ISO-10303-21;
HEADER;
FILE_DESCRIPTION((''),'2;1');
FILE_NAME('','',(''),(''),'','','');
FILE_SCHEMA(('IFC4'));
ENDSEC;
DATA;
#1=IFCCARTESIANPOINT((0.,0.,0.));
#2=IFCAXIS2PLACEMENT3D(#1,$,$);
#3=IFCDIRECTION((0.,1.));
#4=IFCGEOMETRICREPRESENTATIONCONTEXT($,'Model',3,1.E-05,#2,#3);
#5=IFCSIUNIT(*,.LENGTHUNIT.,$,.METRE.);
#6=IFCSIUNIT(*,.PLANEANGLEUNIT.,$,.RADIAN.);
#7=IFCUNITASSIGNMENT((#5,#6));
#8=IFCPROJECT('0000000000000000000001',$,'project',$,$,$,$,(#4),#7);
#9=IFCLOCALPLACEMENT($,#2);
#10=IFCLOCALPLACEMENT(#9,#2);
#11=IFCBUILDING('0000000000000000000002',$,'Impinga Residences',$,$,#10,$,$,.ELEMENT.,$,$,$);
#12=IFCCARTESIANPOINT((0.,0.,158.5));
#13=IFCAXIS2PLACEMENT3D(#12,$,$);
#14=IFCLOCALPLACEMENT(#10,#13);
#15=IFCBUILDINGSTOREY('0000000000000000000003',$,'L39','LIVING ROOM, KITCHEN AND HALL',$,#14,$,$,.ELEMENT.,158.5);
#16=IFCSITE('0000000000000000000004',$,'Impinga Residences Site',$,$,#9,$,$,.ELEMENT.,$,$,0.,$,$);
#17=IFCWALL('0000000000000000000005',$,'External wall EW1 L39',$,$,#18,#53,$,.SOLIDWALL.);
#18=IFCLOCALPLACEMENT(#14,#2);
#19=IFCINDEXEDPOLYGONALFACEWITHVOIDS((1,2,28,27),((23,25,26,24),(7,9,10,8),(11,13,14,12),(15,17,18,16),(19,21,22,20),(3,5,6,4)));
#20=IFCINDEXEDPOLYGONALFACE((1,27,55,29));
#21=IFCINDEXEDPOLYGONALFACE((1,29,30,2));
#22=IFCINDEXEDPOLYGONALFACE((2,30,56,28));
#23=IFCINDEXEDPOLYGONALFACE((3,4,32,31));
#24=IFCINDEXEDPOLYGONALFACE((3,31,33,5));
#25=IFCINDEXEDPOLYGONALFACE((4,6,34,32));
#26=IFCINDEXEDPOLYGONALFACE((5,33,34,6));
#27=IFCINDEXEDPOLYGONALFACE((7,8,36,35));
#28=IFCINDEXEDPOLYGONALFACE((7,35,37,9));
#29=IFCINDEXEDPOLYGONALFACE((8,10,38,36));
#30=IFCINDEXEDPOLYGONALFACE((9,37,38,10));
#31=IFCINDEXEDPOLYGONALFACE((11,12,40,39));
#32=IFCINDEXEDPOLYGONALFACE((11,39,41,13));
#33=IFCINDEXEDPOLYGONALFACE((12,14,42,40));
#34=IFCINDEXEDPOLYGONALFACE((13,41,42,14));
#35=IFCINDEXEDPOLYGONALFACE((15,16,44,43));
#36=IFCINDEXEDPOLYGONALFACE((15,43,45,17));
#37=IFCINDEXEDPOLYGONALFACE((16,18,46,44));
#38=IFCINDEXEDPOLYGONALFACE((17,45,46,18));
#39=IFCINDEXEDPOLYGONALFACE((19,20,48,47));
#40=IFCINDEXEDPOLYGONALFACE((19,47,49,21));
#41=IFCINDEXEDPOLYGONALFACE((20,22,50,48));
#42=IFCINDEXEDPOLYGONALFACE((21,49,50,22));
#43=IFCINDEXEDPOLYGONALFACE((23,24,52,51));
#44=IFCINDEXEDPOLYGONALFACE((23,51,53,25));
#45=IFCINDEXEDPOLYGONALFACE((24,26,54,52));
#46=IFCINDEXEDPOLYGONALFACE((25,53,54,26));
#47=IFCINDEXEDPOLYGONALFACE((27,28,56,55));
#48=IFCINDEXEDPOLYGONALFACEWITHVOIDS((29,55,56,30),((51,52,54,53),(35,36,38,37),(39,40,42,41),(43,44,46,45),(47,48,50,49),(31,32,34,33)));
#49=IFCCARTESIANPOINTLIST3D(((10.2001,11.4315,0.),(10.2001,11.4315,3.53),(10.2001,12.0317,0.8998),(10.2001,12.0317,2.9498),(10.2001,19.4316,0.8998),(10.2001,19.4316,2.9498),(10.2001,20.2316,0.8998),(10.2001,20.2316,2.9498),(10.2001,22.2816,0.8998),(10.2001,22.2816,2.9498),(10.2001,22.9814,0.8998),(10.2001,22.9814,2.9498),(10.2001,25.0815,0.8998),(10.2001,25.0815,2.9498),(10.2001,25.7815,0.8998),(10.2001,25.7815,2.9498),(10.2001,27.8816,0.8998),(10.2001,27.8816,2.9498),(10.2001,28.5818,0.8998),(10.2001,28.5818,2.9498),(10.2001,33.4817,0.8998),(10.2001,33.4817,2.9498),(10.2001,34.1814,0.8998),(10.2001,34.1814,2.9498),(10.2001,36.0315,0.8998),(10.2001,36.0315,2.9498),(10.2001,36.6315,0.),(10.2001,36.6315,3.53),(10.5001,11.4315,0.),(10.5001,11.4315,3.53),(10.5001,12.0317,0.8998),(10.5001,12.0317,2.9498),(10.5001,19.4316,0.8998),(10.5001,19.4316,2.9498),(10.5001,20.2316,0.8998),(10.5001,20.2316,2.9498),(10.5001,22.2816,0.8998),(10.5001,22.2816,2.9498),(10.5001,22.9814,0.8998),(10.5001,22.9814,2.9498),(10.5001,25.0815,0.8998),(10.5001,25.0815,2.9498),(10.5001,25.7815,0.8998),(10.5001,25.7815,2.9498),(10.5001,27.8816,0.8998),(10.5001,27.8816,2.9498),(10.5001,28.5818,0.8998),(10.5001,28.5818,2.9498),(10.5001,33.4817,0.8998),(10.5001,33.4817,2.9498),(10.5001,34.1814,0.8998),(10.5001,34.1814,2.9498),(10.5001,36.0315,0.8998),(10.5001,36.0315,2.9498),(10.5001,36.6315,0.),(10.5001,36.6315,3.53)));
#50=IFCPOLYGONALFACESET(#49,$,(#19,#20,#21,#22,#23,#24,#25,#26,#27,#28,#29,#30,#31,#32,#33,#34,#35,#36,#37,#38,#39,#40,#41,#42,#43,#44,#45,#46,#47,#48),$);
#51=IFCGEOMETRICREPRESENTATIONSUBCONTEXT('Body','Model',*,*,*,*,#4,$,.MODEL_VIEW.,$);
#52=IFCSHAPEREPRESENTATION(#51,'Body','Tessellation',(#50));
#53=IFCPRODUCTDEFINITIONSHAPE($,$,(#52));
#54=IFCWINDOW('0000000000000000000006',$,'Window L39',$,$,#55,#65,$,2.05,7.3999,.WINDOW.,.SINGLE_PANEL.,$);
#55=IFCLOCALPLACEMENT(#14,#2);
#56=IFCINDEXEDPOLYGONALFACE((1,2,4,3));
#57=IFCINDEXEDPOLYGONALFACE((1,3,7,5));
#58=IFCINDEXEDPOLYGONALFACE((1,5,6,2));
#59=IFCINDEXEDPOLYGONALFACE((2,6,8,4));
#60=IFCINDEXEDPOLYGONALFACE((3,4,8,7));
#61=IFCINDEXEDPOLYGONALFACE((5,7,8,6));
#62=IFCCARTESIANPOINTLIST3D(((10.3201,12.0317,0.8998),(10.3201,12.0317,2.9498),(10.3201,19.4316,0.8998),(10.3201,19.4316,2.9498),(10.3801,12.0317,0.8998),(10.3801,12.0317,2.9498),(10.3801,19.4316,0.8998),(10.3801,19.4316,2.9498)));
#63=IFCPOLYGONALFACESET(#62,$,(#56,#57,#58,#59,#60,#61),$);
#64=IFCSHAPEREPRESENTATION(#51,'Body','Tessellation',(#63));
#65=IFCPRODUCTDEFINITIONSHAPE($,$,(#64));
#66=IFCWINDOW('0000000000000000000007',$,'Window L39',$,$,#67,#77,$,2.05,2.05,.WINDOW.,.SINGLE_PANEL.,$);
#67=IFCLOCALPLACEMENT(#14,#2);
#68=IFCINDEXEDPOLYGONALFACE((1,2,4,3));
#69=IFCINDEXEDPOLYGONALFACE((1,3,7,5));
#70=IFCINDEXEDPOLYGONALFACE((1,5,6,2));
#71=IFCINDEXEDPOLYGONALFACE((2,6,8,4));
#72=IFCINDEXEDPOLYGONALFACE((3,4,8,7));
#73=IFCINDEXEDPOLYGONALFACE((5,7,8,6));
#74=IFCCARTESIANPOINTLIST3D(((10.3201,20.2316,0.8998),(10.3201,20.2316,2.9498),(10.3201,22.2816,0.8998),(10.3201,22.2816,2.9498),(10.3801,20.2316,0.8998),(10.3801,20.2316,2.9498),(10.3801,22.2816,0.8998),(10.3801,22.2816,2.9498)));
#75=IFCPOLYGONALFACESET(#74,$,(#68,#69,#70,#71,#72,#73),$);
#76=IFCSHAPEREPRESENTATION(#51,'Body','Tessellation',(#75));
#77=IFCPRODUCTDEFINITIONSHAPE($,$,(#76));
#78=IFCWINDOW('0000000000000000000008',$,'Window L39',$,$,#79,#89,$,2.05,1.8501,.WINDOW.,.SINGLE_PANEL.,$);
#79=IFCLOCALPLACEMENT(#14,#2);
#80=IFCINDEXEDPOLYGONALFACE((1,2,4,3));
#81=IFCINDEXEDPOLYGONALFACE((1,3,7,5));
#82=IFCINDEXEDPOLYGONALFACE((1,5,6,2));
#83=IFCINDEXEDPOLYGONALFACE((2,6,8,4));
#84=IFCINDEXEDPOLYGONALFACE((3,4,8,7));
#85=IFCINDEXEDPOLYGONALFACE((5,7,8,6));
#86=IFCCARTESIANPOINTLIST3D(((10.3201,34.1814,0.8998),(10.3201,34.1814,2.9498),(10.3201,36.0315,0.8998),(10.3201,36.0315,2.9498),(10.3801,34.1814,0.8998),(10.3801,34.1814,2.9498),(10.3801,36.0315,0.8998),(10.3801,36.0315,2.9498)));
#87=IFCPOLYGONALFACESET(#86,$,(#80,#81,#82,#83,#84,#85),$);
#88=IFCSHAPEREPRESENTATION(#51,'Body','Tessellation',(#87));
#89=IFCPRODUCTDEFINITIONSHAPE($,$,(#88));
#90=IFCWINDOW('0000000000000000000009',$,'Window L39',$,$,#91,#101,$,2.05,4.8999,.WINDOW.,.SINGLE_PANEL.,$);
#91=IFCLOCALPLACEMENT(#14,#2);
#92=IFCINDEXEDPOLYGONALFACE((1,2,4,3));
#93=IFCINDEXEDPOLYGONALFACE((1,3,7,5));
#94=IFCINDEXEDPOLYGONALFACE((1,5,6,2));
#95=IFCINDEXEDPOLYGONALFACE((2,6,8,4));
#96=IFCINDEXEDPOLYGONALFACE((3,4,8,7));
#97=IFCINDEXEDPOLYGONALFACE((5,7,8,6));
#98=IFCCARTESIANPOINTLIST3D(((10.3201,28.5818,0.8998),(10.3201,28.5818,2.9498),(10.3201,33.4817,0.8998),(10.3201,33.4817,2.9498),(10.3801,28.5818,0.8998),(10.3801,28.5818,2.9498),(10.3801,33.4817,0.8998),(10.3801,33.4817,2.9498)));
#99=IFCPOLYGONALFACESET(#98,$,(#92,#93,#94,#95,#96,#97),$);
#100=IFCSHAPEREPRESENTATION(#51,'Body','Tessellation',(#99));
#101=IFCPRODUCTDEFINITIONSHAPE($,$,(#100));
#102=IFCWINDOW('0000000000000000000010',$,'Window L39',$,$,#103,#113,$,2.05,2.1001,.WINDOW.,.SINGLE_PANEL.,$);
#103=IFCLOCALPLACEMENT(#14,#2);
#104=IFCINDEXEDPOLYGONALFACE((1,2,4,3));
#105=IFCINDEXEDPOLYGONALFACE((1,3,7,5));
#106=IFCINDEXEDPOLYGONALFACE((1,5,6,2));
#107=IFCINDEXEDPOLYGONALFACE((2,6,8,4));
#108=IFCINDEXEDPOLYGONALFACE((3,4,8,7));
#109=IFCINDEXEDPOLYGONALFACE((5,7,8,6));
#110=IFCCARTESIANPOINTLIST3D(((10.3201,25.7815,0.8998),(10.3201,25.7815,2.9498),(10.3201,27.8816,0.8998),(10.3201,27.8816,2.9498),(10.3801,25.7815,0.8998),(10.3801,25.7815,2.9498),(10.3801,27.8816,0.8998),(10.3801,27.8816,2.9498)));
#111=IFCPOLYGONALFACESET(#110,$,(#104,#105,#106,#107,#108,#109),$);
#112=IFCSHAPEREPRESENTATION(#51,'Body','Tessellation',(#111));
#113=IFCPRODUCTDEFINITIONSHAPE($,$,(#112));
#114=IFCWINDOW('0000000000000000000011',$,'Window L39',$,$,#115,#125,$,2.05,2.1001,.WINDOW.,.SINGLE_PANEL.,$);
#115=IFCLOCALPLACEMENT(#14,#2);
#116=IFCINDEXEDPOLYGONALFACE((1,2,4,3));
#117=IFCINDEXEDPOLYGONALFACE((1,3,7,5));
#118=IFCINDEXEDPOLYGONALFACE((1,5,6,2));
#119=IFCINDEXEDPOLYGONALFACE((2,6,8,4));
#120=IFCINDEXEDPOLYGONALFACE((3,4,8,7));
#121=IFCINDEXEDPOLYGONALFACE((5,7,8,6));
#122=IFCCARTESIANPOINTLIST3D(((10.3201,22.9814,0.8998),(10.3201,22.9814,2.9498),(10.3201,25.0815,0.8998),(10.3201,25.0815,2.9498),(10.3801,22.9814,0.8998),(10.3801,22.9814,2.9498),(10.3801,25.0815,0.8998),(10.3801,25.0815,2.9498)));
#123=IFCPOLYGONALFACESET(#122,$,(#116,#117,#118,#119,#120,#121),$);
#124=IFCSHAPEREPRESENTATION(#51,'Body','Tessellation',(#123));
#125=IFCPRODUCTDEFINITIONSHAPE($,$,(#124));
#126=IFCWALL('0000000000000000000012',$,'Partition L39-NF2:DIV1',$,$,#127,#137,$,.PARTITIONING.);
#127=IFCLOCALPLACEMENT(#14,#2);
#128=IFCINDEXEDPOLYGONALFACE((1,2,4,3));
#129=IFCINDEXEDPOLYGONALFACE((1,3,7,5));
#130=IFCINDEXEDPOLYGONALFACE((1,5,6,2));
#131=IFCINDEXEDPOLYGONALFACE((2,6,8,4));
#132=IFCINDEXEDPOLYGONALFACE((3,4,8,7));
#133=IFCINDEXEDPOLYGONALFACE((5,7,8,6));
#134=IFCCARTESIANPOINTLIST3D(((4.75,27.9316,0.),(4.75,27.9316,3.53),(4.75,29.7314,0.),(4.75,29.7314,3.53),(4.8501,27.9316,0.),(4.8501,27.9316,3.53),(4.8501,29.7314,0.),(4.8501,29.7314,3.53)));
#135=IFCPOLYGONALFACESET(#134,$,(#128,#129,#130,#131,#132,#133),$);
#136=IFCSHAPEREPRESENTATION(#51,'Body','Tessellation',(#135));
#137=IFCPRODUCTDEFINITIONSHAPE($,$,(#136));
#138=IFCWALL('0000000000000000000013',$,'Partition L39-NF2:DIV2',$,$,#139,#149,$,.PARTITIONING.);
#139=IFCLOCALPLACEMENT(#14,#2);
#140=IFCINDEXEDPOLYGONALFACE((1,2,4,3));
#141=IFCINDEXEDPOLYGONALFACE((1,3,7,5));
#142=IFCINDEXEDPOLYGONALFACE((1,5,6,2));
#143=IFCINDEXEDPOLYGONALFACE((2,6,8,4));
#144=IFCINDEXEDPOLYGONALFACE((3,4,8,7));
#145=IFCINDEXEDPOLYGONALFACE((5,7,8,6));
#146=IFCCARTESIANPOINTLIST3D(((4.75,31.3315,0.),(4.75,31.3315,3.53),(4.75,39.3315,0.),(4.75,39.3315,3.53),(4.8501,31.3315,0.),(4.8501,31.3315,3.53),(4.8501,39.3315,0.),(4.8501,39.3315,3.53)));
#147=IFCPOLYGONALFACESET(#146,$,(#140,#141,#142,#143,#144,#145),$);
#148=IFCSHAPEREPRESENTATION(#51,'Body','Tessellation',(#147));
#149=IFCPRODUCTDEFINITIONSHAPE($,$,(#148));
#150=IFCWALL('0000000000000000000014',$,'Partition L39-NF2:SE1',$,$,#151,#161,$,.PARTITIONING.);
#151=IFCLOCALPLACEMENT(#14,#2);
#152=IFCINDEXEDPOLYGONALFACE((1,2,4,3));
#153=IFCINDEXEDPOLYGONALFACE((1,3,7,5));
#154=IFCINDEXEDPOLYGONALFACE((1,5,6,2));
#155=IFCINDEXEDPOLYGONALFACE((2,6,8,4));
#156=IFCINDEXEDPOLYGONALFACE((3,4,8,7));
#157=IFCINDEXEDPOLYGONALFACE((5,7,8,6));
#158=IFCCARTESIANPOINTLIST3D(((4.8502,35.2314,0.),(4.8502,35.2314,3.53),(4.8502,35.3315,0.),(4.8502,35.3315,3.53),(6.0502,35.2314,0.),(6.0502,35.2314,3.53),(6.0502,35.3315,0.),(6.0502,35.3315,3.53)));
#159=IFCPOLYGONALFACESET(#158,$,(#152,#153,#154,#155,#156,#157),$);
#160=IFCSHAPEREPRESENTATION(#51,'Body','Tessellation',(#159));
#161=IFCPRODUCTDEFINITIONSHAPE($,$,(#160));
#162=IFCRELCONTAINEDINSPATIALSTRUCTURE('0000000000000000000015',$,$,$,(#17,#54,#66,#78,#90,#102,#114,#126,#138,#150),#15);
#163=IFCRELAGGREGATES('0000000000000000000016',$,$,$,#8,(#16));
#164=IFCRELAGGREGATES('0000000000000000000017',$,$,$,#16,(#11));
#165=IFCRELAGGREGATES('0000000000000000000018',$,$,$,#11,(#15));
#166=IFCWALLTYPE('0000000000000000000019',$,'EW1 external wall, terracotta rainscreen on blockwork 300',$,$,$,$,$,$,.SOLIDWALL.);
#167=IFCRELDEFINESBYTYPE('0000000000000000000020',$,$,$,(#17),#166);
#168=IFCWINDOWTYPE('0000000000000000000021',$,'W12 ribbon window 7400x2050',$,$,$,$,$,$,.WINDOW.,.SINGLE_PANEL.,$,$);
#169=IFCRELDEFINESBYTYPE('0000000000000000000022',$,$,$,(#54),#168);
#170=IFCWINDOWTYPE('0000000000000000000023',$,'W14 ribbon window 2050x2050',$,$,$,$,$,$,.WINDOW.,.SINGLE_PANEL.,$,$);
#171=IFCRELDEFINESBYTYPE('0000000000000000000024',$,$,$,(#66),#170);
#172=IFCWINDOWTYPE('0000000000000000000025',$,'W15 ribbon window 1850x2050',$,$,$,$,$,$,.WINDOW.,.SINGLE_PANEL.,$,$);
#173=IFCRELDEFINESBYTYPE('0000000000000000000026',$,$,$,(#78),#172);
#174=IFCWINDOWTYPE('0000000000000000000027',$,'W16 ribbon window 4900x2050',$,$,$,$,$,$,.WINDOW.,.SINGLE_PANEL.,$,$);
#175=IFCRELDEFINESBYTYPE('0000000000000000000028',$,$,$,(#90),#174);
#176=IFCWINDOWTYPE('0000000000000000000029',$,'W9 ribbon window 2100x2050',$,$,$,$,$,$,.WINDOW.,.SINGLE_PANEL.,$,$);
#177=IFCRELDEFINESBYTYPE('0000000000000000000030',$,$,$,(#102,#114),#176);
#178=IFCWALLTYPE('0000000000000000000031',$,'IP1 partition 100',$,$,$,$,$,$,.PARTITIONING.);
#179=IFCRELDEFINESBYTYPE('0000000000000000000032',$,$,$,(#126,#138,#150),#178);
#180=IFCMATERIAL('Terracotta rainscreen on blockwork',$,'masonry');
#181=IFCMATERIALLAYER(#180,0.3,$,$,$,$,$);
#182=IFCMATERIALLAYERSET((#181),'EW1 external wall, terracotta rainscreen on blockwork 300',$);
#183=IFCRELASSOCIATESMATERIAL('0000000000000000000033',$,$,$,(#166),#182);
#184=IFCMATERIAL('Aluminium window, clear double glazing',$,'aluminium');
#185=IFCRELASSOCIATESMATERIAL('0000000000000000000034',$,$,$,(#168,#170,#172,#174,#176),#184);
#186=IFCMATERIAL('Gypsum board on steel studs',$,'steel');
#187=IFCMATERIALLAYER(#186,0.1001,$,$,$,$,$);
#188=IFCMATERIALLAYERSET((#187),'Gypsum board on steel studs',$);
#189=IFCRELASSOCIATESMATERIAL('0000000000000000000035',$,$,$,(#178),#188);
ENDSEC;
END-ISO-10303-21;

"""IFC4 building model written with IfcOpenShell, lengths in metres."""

from ifc_helpers import new_model, si_unit, direction, frame, frame_2d, origin, place, context, subcontext, project, spatial, rectangle, extrude, material, layer, layer_set, type_object, element, fill, save


model = new_model("IFC4")

# Units and contexts
model_context = context("Model", 3, precision=1e-05, world=origin(), true_north=direction((0.0, 1.0)))
body_context = subcontext(model_context, "Body", "Model", "MODEL_VIEW")
ifc_project = project(units=[si_unit("LENGTHUNIT", "METRE"), si_unit("PLANEANGLEUNIT", "RADIAN")], contexts=[model_context])

# Site, building, storey
site_placement = place(None, origin())
site = spatial("IfcSite", under=ifc_project, at=site_placement, Name="Impinga Residences Site", CompositionType="ELEMENT", RefElevation=0.0)
building_placement = place(site_placement, origin())
building = spatial("IfcBuilding", under=site, at=building_placement, Name="Impinga Residences", CompositionType="ELEMENT")
storey_placement = place(building_placement, frame((0.0, 0.0, 158.5)))
storey = spatial("IfcBuildingStorey", under=building, at=storey_placement, Name="L39", Description="LIVING ROOM, KITCHEN AND HALL", CompositionType="ELEMENT", Elevation=158.5)

# Shared definitions
ifc_material_1 = material(Name="Terracotta rainscreen on blockwork", Category="masonry")
ifc_layer_1 = layer(ifc_material_1, 0.3)
ifc_layer_set_1 = layer_set([ifc_layer_1], Name="EW1 external wall, terracotta rainscreen on blockwork 300")
wall_type_1 = type_object("IfcWallType", Name="EW1 external wall, terracotta rainscreen on blockwork 300", PredefinedType="SOLIDWALL", material=ifc_layer_set_1)

# Wall, openings, windows
wall_1_placement = place(storey_placement, frame((10.3501, 36.6316, 0.0), z_axis=(0.0, 0.0, 1.0), x_axis=(0.0, -1.0, 0.0)))
wall_1 = element("IfcWall", 1, at=wall_1_placement, inside=storey, type_object=wall_type_1, Name="External wall EW1 L39", PredefinedType="SOLIDWALL", context=body_context, shape_type="SweptSolid", body=[
    extrude(rectangle(XDim=25.2, YDim=0.3, at=frame_2d((12.6001, 0.0))), origin(), (0.0, 0.0, 1.0), 3.53),
])
opening_1_placement = place(wall_1_placement, frame((0.6001, 0.0, 0.8999)))
opening_1 = element("IfcOpeningElement", 2, at=opening_1_placement, cuts=wall_1, PredefinedType="OPENING", context=body_context, shape_type="SweptSolid", body=[
    extrude(rectangle(XDim=1.8501, YDim=2.05, at=frame_2d((0.925, 1.0249))), frame((0.0, 0.1599, 0.0), z_axis=(0.0, -1.0, 0.0), x_axis=(1.0, 0.0, 0.0)), (0.0, 0.0, 1.0), 0.3201),
])
opening_2_placement = place(wall_1_placement, frame((3.1499, 0.0, 0.8999)))
opening_2 = element("IfcOpeningElement", 3, at=opening_2_placement, cuts=wall_1, PredefinedType="OPENING", context=body_context, shape_type="SweptSolid", body=[
    extrude(rectangle(XDim=4.8999, YDim=2.05, at=frame_2d((2.45, 1.0249))), frame((0.0, 0.1599, 0.0), z_axis=(0.0, -1.0, 0.0), x_axis=(1.0, 0.0, 0.0)), (0.0, 0.0, 1.0), 0.3201),
])
opening_3_placement = place(wall_1_placement, frame((8.75, 0.0, 0.8999)))
opening_3 = element("IfcOpeningElement", 4, at=opening_3_placement, cuts=wall_1, PredefinedType="OPENING", context=body_context, shape_type="SweptSolid", body=[
    extrude(rectangle(XDim=2.1001, YDim=2.05, at=frame_2d((1.05, 1.0249))), frame((0.0, 0.1599, 0.0), z_axis=(0.0, -1.0, 0.0), x_axis=(1.0, 0.0, 0.0)), (0.0, 0.0, 1.0), 0.3201),
])
opening_4_placement = place(wall_1_placement, frame((11.55, 0.0, 0.8999)))
opening_4 = element("IfcOpeningElement", 5, at=opening_4_placement, cuts=wall_1, PredefinedType="OPENING", context=body_context, shape_type="SweptSolid", body=[
    extrude(rectangle(XDim=2.1001, YDim=2.05, at=frame_2d((1.05, 1.0249))), frame((0.0, 0.1599, 0.0), z_axis=(0.0, -1.0, 0.0), x_axis=(1.0, 0.0, 0.0)), (0.0, 0.0, 1.0), 0.3201),
])
opening_5_placement = place(wall_1_placement, frame((14.3501, 0.0, 0.8999)))
opening_5 = element("IfcOpeningElement", 6, at=opening_5_placement, cuts=wall_1, PredefinedType="OPENING", context=body_context, shape_type="SweptSolid", body=[
    extrude(rectangle(XDim=2.05, YDim=2.05, at=frame_2d((1.0249, 1.0249))), frame((0.0, 0.1599, 0.0), z_axis=(0.0, -1.0, 0.0), x_axis=(1.0, 0.0, 0.0)), (0.0, 0.0, 1.0), 0.3201),
])
opening_6_placement = place(wall_1_placement, frame((17.2, 0.0, 0.8999)))
opening_6 = element("IfcOpeningElement", 7, at=opening_6_placement, cuts=wall_1, PredefinedType="OPENING", context=body_context, shape_type="SweptSolid", body=[
    extrude(rectangle(XDim=7.3999, YDim=2.05, at=frame_2d((3.7, 1.0249))), frame((0.0, 0.1599, 0.0), z_axis=(0.0, -1.0, 0.0), x_axis=(1.0, 0.0, 0.0)), (0.0, 0.0, 1.0), 0.3201),
])
ifc_material_2 = material(Name="Aluminium window, clear double glazing", Category="aluminium")
window_type_1 = type_object("IfcWindowType", Name="W12 ribbon window 7400x2050", PartitioningType="SINGLE_PANEL", PredefinedType="WINDOW", material=ifc_material_2)
window_1_placement = place(opening_6_placement, origin())
window_1 = element("IfcWindow", 8, at=window_1_placement, inside=storey, type_object=window_type_1, Name="Window L39", OverallHeight=2.05, OverallWidth=7.3999, PartitioningType="SINGLE_PANEL", PredefinedType="WINDOW", context=body_context, shape_type="SweptSolid", body=[
    extrude(rectangle(XDim=7.3999, YDim=2.05, at=frame_2d((3.7, 1.0249))), frame((0.0, 0.03, 0.0), z_axis=(0.0, -1.0, 0.0), x_axis=(1.0, 0.0, 0.0)), (0.0, 0.0, 1.0), 0.0601),
])
fill(opening_6, window_1)
window_type_2 = type_object("IfcWindowType", Name="W14 ribbon window 2050x2050", PartitioningType="SINGLE_PANEL", PredefinedType="WINDOW", material=ifc_material_2)
window_2_placement = place(opening_5_placement, origin())
window_2 = element("IfcWindow", 9, at=window_2_placement, inside=storey, type_object=window_type_2, Name="Window L39", OverallHeight=2.05, OverallWidth=2.05, PartitioningType="SINGLE_PANEL", PredefinedType="WINDOW", context=body_context, shape_type="SweptSolid", body=[
    extrude(rectangle(XDim=2.05, YDim=2.05, at=frame_2d((1.0249, 1.0249))), frame((0.0, 0.03, 0.0), z_axis=(0.0, -1.0, 0.0), x_axis=(1.0, 0.0, 0.0)), (0.0, 0.0, 1.0), 0.0601),
])
fill(opening_5, window_2)
window_type_3 = type_object("IfcWindowType", Name="W15 ribbon window 1850x2050", PartitioningType="SINGLE_PANEL", PredefinedType="WINDOW", material=ifc_material_2)
window_3_placement = place(opening_1_placement, origin())
window_3 = element("IfcWindow", 10, at=window_3_placement, inside=storey, type_object=window_type_3, Name="Window L39", OverallHeight=2.05, OverallWidth=1.8501, PartitioningType="SINGLE_PANEL", PredefinedType="WINDOW", context=body_context, shape_type="SweptSolid", body=[
    extrude(rectangle(XDim=1.8501, YDim=2.05, at=frame_2d((0.925, 1.0249))), frame((0.0, 0.03, 0.0), z_axis=(0.0, -1.0, 0.0), x_axis=(1.0, 0.0, 0.0)), (0.0, 0.0, 1.0), 0.0601),
])
fill(opening_1, window_3)
window_type_4 = type_object("IfcWindowType", Name="W16 ribbon window 4900x2050", PartitioningType="SINGLE_PANEL", PredefinedType="WINDOW", material=ifc_material_2)
window_4_placement = place(opening_2_placement, origin())
window_4 = element("IfcWindow", 11, at=window_4_placement, inside=storey, type_object=window_type_4, Name="Window L39", OverallHeight=2.05, OverallWidth=4.8999, PartitioningType="SINGLE_PANEL", PredefinedType="WINDOW", context=body_context, shape_type="SweptSolid", body=[
    extrude(rectangle(XDim=4.8999, YDim=2.05, at=frame_2d((2.45, 1.0249))), frame((0.0, 0.03, 0.0), z_axis=(0.0, -1.0, 0.0), x_axis=(1.0, 0.0, 0.0)), (0.0, 0.0, 1.0), 0.0601),
])
fill(opening_2, window_4)
window_type_5 = type_object("IfcWindowType", Name="W9 ribbon window 2100x2050", PartitioningType="SINGLE_PANEL", PredefinedType="WINDOW", material=ifc_material_2)
window_5_placement = place(opening_3_placement, origin())
window_5 = element("IfcWindow", 12, at=window_5_placement, inside=storey, type_object=window_type_5, Name="Window L39", OverallHeight=2.05, OverallWidth=2.1001, PartitioningType="SINGLE_PANEL", PredefinedType="WINDOW", context=body_context, shape_type="SweptSolid", body=[
    extrude(rectangle(XDim=2.1001, YDim=2.05, at=frame_2d((1.05, 1.0249))), frame((0.0, 0.03, 0.0), z_axis=(0.0, -1.0, 0.0), x_axis=(1.0, 0.0, 0.0)), (0.0, 0.0, 1.0), 0.0601),
])
fill(opening_3, window_5)
window_6_placement = place(opening_4_placement, origin())
window_6 = element("IfcWindow", 13, at=window_6_placement, inside=storey, type_object=window_type_5, Name="Window L39", OverallHeight=2.05, OverallWidth=2.1001, PartitioningType="SINGLE_PANEL", PredefinedType="WINDOW", context=body_context, shape_type="SweptSolid", body=[
    extrude(rectangle(XDim=2.1001, YDim=2.05, at=frame_2d((1.05, 1.0249))), frame((0.0, 0.03, 0.0), z_axis=(0.0, -1.0, 0.0), x_axis=(1.0, 0.0, 0.0)), (0.0, 0.0, 1.0), 0.0601),
])
fill(opening_4, window_6)

# Walls
ifc_material_3 = material(Name="Gypsum board on steel studs", Category="steel")
ifc_layer_2 = layer(ifc_material_3, 0.1001)
ifc_layer_set_2 = layer_set([ifc_layer_2], Name="Gypsum board on steel studs")
wall_type_2 = type_object("IfcWallType", Name="IP1 partition 100", PredefinedType="PARTITIONING", material=ifc_layer_set_2)
wall_2_placement = place(storey_placement, frame((4.8, 27.9316, 0.0), z_axis=(0.0, 0.0, 1.0), x_axis=(0.0, 1.0, 0.0)))
element("IfcWall", 14, at=wall_2_placement, inside=storey, type_object=wall_type_2, Name="Partition L39-NF2:DIV1", PredefinedType="PARTITIONING", context=body_context, shape_type="SweptSolid", body=[
    extrude(rectangle(XDim=1.7998, YDim=0.1001, at=frame_2d((0.8999, 0.0))), origin(), (0.0, 0.0, 1.0), 3.53),
])
wall_3_placement = place(storey_placement, frame((4.8, 31.3315, 0.0), z_axis=(0.0, 0.0, 1.0), x_axis=(0.0, 1.0, 0.0)))
element("IfcWall", 15, at=wall_3_placement, inside=storey, type_object=wall_type_2, Name="Partition L39-NF2:DIV2", PredefinedType="PARTITIONING", context=body_context, shape_type="SweptSolid", body=[
    extrude(rectangle(XDim=8.0, YDim=0.1001, at=frame_2d((4.0, 0.0))), origin(), (0.0, 0.0, 1.0), 3.53),
])
wall_4_placement = place(storey_placement, frame((4.8501, 35.2815, 0.0), z_axis=(0.0, 0.0, 1.0), x_axis=(1.0, 0.0, 0.0)))
element("IfcWall", 16, at=wall_4_placement, inside=storey, type_object=wall_type_2, Name="Partition L39-NF2:SE1", PredefinedType="PARTITIONING", context=body_context, shape_type="SweptSolid", body=[
    extrude(rectangle(XDim=1.2, YDim=0.1001, at=frame_2d((0.6001, 0.0))), origin(), (0.0, 0.0, 1.0), 3.53),
])

save(model, "model.ifc")
